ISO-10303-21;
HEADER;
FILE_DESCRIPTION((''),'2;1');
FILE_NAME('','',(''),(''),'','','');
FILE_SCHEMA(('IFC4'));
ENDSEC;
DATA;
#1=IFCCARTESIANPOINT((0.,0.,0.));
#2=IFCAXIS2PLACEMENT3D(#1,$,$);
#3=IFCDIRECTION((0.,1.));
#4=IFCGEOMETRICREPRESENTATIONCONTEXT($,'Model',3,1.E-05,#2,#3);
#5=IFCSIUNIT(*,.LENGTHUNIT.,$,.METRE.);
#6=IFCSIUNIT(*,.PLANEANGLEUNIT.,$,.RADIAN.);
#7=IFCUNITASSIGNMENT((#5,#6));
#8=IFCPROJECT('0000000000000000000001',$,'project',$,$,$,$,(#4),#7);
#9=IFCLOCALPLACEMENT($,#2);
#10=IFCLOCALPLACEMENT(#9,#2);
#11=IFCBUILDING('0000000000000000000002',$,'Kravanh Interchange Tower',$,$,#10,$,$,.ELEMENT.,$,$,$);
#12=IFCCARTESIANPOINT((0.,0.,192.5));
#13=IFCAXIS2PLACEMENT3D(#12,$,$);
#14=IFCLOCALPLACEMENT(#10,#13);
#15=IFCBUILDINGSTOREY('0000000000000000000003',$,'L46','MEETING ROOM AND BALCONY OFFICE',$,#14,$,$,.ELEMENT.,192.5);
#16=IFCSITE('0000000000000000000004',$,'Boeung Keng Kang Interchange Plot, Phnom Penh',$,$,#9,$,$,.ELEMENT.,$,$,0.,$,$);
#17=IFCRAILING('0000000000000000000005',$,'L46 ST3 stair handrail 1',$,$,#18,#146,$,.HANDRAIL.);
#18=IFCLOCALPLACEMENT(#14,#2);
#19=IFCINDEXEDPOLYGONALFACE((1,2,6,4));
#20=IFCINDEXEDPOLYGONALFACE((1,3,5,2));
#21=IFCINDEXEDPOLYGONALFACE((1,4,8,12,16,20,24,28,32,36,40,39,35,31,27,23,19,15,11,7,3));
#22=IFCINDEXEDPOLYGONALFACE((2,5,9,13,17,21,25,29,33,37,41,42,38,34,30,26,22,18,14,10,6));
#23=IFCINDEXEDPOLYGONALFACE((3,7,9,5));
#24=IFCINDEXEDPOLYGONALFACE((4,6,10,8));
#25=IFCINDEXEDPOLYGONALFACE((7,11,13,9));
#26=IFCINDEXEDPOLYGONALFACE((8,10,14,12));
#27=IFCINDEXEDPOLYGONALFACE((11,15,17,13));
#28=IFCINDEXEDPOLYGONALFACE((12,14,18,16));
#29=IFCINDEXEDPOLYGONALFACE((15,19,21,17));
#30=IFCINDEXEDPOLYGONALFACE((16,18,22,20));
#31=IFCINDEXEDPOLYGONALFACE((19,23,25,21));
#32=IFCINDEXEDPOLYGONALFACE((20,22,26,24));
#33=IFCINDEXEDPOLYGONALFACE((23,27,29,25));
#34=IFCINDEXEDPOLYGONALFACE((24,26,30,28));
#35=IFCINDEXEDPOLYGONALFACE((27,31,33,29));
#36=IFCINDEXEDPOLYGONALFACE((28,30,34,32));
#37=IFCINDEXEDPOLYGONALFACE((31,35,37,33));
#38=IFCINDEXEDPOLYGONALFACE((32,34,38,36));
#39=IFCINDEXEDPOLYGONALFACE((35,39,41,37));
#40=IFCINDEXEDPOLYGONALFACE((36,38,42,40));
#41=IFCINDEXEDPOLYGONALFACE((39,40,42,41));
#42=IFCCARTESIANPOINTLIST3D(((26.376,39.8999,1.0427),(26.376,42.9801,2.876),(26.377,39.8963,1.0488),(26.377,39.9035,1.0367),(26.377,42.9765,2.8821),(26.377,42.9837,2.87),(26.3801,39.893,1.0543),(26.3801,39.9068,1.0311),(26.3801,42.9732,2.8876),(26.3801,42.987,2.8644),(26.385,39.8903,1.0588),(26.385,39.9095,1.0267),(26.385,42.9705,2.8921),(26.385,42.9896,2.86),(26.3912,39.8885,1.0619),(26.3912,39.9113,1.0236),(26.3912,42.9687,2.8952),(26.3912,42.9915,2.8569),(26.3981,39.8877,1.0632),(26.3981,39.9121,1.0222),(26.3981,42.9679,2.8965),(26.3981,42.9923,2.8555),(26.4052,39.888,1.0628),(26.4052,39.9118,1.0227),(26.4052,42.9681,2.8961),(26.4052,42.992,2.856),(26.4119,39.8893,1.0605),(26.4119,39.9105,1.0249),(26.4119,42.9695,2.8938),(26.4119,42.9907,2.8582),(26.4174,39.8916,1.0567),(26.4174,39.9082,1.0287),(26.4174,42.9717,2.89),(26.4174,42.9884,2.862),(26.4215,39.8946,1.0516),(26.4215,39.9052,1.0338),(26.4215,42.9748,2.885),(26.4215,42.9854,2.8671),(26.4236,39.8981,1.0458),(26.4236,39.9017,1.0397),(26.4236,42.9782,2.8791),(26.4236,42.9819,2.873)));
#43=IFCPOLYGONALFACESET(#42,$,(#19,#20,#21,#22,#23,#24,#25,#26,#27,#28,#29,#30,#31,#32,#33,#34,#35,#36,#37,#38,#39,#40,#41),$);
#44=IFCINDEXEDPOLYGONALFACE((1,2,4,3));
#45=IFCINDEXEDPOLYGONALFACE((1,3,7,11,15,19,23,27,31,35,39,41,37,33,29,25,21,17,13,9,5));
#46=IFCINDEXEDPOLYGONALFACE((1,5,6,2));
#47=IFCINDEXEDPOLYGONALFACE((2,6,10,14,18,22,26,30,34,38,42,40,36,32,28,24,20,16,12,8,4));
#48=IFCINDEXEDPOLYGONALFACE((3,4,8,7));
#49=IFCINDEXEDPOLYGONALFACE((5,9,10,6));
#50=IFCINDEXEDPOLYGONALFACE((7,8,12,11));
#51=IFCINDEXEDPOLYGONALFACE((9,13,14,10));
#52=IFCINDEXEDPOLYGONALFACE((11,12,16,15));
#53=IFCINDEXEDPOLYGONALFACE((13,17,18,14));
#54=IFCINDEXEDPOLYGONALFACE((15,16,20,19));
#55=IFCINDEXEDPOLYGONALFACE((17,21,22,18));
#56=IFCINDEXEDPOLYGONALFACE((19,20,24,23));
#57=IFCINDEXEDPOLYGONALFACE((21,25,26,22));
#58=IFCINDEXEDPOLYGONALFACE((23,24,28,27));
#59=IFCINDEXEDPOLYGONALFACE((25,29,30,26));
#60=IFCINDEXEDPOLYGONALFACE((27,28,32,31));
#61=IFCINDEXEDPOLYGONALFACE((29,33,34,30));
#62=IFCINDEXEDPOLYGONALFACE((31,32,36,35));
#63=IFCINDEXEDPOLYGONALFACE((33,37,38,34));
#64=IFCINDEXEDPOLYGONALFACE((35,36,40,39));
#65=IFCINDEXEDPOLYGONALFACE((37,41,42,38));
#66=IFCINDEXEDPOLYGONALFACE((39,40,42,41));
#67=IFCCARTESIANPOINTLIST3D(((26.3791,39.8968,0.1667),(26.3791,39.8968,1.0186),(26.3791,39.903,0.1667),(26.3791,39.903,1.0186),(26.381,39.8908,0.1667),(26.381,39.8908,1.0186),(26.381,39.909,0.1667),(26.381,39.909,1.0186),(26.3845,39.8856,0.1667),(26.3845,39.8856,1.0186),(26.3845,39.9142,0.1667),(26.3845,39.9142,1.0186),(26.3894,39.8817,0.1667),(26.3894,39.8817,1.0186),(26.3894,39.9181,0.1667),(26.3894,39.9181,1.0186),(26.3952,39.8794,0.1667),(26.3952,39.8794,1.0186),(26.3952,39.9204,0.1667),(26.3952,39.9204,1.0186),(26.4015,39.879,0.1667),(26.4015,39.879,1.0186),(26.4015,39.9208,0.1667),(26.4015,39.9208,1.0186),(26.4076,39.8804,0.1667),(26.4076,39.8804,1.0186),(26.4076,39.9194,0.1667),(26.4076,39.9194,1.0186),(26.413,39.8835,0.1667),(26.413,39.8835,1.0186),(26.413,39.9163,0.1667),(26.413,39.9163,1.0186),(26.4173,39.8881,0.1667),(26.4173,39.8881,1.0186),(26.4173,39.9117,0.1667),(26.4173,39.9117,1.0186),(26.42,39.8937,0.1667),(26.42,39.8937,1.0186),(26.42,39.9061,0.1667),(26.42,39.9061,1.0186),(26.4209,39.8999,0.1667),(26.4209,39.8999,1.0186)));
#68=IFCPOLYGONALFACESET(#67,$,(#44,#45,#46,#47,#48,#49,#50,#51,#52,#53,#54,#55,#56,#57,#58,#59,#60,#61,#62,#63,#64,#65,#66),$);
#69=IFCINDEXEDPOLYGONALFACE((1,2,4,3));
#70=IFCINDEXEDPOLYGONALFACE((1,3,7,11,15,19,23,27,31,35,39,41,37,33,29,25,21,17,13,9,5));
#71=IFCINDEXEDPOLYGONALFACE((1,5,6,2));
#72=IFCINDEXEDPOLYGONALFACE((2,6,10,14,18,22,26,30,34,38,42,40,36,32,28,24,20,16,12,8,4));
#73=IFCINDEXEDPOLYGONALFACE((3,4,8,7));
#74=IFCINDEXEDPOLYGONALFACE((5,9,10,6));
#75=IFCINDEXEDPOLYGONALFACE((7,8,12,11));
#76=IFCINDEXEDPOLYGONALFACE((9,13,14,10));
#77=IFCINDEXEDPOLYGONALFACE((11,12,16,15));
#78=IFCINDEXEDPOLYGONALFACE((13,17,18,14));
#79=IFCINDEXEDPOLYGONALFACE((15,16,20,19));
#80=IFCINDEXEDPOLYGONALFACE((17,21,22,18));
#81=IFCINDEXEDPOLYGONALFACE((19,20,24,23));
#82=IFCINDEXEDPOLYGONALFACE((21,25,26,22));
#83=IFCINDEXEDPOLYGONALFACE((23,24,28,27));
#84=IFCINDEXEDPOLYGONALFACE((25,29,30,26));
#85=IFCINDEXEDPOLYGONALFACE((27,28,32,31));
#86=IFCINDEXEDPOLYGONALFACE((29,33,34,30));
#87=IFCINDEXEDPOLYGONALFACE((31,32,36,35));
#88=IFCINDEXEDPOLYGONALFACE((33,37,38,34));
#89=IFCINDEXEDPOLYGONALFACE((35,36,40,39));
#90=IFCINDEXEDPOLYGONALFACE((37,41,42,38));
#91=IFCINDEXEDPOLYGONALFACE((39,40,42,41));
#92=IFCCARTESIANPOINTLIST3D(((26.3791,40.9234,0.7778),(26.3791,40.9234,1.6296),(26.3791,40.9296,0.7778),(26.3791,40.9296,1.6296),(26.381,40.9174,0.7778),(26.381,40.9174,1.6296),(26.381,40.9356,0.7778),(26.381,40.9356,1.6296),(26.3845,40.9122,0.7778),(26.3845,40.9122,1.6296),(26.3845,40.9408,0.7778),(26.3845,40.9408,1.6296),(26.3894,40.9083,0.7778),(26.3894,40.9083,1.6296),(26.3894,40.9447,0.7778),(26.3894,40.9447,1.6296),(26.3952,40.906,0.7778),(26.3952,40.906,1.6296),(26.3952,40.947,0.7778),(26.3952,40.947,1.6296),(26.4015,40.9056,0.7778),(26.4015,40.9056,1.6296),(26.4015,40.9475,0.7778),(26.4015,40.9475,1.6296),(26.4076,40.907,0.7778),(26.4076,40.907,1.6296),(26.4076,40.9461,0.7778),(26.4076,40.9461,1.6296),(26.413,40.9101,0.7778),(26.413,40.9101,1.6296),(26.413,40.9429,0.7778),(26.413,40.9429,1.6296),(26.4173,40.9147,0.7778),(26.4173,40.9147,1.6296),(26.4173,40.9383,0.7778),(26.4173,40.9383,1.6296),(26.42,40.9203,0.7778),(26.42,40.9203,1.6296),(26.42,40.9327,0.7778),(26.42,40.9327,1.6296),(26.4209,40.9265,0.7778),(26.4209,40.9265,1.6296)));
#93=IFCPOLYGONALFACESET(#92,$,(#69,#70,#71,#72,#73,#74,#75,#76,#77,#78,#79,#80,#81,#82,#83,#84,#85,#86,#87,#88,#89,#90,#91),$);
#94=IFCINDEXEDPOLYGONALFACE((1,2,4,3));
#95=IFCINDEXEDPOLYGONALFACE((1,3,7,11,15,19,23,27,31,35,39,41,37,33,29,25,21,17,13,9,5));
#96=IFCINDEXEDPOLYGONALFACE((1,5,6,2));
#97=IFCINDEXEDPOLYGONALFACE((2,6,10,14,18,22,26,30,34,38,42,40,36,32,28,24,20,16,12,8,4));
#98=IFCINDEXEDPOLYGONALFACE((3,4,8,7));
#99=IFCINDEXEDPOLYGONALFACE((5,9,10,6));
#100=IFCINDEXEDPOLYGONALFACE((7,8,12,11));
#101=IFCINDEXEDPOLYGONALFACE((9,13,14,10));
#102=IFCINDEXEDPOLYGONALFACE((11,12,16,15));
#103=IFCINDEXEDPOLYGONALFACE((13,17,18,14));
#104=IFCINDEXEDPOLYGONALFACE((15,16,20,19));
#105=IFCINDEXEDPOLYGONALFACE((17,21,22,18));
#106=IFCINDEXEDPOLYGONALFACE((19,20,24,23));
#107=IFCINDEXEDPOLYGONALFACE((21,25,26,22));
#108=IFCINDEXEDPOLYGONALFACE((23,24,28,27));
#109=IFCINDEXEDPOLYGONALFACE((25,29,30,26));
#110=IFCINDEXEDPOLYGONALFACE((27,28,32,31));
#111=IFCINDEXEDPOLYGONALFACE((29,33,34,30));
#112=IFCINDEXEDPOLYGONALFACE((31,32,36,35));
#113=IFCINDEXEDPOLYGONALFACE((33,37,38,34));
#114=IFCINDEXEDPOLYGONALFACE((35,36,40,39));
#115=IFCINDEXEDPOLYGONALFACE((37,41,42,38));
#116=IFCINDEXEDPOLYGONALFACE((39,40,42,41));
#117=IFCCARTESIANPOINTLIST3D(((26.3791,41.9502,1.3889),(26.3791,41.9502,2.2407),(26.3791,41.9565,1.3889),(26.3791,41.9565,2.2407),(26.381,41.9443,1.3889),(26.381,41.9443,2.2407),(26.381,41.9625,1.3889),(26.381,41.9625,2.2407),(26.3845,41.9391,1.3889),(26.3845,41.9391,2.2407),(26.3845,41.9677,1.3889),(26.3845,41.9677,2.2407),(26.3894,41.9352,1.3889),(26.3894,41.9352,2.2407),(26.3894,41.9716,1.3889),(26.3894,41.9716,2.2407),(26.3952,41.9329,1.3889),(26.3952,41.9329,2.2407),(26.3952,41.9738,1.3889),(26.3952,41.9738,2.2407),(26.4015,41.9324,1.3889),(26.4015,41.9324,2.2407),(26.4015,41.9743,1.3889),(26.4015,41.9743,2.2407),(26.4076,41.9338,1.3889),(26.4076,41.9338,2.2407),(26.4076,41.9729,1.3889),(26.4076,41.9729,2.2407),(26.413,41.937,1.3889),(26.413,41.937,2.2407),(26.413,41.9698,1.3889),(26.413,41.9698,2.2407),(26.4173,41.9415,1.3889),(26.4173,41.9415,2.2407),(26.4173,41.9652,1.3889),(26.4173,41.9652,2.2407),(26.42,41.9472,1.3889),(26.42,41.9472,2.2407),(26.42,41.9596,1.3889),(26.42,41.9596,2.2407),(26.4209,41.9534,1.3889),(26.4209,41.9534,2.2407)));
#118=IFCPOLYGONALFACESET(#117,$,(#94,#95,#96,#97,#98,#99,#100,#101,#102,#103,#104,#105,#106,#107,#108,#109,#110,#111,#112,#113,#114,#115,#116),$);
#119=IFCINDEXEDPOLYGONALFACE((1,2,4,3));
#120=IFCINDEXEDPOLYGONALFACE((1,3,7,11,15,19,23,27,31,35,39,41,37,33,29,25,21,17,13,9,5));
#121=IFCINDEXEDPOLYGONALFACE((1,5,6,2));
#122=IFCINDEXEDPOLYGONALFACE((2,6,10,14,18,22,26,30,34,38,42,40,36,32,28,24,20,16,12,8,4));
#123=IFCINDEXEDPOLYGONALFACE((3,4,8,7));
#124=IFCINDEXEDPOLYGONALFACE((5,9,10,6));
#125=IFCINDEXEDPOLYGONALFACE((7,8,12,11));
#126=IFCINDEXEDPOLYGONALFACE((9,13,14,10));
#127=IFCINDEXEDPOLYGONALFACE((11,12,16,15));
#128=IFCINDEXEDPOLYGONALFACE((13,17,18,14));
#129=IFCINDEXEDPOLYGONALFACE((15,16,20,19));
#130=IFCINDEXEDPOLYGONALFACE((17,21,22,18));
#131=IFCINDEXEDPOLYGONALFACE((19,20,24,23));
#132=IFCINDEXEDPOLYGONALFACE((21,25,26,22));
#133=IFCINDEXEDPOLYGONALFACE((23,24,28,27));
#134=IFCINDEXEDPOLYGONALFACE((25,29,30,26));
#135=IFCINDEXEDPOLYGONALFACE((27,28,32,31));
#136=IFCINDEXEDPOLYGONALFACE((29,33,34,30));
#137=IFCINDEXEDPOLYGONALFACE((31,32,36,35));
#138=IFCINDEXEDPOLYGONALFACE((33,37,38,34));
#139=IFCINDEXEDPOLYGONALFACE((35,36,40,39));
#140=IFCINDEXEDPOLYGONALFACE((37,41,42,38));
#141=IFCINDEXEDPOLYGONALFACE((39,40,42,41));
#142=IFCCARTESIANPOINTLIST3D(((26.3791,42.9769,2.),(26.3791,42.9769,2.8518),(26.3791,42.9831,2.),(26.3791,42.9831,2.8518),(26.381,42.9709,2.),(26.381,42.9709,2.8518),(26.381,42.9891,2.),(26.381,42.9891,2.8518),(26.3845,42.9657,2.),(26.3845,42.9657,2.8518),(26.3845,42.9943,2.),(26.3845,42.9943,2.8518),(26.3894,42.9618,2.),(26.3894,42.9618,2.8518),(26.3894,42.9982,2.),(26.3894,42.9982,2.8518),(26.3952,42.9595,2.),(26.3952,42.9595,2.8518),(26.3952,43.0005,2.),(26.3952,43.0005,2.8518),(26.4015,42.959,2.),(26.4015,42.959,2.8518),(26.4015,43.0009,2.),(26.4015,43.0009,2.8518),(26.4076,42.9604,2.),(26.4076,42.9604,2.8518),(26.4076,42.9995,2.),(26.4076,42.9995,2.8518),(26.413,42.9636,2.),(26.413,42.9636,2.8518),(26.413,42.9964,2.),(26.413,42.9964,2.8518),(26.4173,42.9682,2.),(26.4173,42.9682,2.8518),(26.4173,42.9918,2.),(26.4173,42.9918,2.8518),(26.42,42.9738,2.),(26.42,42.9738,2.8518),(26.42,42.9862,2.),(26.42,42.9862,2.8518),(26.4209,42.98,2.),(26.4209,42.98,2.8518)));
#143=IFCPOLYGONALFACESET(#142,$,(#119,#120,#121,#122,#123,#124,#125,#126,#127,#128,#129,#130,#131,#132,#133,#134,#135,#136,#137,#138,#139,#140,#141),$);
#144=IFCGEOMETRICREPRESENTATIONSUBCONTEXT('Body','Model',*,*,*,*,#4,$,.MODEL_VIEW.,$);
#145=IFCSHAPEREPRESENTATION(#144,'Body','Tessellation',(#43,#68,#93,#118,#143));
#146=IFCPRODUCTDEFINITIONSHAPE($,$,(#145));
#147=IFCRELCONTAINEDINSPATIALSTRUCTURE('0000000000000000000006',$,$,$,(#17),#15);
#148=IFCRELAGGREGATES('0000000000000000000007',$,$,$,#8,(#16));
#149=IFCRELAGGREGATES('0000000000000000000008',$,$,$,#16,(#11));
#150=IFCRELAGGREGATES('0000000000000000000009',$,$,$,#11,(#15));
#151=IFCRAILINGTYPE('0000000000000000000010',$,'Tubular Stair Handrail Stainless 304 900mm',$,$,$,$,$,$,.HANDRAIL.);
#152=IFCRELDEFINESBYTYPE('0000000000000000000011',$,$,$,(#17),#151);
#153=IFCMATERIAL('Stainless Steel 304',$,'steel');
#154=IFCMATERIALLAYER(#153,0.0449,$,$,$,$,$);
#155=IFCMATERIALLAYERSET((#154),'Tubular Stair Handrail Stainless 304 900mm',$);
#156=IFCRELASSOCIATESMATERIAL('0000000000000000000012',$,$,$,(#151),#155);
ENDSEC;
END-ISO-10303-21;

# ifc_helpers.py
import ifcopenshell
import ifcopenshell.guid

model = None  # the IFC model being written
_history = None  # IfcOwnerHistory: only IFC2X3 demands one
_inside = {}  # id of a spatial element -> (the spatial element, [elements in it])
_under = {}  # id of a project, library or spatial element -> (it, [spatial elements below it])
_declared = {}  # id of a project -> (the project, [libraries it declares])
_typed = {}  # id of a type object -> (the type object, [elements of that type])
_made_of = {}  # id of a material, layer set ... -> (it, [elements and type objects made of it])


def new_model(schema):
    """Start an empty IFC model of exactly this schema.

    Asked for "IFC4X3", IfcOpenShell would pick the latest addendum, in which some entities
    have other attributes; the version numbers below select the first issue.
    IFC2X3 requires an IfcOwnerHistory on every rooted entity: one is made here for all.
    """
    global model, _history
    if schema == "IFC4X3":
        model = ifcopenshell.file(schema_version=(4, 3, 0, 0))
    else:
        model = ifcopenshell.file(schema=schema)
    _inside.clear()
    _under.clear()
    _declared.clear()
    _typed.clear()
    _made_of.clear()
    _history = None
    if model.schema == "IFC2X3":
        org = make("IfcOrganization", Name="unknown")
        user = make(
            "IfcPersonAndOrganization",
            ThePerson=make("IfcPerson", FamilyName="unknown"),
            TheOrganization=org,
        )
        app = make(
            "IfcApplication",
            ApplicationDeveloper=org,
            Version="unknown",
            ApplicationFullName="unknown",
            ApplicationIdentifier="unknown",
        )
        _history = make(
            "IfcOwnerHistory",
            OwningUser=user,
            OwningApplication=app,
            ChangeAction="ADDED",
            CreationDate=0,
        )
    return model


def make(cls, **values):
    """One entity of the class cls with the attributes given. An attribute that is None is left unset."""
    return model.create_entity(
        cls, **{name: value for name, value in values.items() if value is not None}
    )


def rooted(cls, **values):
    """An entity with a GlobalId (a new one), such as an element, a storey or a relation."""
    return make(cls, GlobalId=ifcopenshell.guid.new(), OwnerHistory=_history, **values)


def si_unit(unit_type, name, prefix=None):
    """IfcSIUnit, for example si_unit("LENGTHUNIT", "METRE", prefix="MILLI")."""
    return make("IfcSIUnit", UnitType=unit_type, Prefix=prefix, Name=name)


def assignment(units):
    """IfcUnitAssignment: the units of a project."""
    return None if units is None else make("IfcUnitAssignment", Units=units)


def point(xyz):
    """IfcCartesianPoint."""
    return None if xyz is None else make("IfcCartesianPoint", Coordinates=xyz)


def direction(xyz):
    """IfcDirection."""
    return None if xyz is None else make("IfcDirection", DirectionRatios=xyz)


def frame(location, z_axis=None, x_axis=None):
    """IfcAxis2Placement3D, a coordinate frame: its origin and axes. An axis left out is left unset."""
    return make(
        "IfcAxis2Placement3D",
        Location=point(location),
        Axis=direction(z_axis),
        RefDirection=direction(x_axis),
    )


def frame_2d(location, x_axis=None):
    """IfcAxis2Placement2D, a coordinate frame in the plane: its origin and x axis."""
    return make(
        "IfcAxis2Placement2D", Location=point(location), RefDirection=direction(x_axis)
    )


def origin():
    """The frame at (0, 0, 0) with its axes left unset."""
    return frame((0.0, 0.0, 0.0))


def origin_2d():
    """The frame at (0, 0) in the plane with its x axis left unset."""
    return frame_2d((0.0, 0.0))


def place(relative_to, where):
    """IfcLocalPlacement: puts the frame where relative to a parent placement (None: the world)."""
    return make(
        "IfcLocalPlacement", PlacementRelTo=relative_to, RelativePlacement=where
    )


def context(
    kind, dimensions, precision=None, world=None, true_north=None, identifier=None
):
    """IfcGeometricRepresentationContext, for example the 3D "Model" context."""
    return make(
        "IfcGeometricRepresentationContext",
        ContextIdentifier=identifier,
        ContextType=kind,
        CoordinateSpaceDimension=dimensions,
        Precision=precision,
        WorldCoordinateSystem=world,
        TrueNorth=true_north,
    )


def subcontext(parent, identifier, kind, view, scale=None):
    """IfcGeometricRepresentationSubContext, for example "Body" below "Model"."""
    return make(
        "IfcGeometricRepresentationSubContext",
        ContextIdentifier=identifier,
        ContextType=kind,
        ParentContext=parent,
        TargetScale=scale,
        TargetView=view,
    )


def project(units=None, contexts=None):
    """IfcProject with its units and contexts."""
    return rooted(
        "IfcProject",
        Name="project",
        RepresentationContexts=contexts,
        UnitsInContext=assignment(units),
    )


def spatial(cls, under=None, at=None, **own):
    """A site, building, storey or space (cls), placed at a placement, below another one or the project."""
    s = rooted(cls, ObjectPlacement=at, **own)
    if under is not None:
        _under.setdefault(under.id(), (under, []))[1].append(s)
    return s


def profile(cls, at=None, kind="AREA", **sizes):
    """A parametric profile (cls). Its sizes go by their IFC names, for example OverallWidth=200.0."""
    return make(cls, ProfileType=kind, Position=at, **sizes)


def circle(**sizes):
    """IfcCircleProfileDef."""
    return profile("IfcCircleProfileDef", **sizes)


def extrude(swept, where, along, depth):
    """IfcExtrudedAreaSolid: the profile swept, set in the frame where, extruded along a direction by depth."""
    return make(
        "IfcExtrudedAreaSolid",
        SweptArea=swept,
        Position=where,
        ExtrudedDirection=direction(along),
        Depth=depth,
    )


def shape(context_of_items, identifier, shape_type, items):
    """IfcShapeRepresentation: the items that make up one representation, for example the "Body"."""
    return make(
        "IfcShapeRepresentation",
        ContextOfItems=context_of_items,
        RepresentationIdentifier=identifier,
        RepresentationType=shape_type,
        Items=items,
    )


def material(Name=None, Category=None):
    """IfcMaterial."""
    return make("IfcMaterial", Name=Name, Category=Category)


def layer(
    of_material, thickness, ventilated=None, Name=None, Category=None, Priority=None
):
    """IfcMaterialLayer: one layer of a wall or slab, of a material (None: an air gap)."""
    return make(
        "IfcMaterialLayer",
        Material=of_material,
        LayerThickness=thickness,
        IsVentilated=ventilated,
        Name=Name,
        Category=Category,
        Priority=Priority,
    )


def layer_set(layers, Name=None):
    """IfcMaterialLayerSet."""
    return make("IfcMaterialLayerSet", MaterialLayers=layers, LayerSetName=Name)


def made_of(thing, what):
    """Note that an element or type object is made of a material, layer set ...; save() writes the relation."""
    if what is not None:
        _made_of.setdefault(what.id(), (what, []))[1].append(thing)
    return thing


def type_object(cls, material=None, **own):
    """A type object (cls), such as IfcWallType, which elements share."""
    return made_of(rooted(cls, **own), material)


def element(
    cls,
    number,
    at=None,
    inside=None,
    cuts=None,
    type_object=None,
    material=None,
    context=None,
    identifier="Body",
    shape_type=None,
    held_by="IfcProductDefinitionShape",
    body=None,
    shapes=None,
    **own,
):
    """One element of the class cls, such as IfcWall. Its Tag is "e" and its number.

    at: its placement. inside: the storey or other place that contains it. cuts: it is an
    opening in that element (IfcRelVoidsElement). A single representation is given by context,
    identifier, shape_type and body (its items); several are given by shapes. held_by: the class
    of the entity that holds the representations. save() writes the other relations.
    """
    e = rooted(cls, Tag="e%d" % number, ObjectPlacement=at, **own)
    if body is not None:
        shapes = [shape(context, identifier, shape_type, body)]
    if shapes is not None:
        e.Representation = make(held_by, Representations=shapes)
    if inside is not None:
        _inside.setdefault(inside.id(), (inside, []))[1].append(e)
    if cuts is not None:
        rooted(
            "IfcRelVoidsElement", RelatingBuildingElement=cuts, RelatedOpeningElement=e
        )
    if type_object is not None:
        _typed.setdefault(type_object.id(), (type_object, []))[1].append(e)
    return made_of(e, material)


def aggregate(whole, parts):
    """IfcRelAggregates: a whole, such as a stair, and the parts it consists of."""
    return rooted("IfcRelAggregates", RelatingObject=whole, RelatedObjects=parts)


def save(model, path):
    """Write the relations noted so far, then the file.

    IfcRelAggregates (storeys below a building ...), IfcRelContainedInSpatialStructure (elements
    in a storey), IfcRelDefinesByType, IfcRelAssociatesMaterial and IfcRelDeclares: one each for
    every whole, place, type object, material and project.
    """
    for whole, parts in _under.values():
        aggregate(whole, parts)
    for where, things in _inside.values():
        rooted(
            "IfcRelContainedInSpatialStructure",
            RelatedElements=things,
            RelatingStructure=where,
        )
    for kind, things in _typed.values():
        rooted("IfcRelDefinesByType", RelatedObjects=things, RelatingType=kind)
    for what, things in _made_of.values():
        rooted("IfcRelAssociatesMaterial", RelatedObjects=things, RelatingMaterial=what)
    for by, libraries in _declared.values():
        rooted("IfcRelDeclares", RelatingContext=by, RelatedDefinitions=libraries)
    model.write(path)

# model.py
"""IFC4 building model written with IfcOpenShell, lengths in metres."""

from ifc_helpers import new_model, si_unit, direction, frame, origin, origin_2d, place, context, subcontext, project, spatial, circle, extrude, material, layer, layer_set, type_object, element, save


model = new_model("IFC4")

# Units and contexts
model_context = context("Model", 3, precision=1e-05, world=origin(), true_north=direction((0.0, 1.0)))
body_context = subcontext(model_context, "Body", "Model", "MODEL_VIEW")
ifc_project = project(units=[si_unit("LENGTHUNIT", "METRE"), si_unit("PLANEANGLEUNIT", "RADIAN")], contexts=[model_context])

# Site, building, storey
site_placement = place(None, origin())
site = spatial("IfcSite", under=ifc_project, at=site_placement, Name="Boeung Keng Kang Interchange Plot, Phnom Penh", CompositionType="ELEMENT", RefElevation=0.0)
building_placement = place(site_placement, origin())
building = spatial("IfcBuilding", under=site, at=building_placement, Name="Kravanh Interchange Tower", CompositionType="ELEMENT")
storey_placement = place(building_placement, frame((0.0, 0.0, 192.5)))
storey = spatial("IfcBuildingStorey", under=building, at=storey_placement, Name="L46", Description="MEETING ROOM AND BALCONY OFFICE", CompositionType="ELEMENT", Elevation=192.5)

# Railing
ifc_material_1 = material(Name="Stainless Steel 304", Category="steel")
ifc_layer_1 = layer(ifc_material_1, 0.0449)
ifc_layer_set_1 = layer_set([ifc_layer_1], Name="Tubular Stair Handrail Stainless 304 900mm")
railing_type_1 = type_object("IfcRailingType", Name="Tubular Stair Handrail Stainless 304 900mm", PredefinedType="HANDRAIL", material=ifc_layer_set_1)
railing_1_placement = place(storey_placement, frame((26.3999, 39.8999, 0.1667)))
element("IfcRailing", 1, at=railing_1_placement, inside=storey, type_object=railing_type_1, Name="L46 ST3 stair handrail 1", PredefinedType="HANDRAIL", context=body_context, shape_type="SweptSolid", body=[
    extrude(circle(Radius=0.0239, at=origin_2d()), frame((0.0, 0.0, 0.876), z_axis=(0.0, 0.859309, 0.511458), x_axis=(-1.0, 0.0, 0.0)), (0.0, 0.0, 1.0), 3.5845),
    extrude(circle(Radius=0.021, at=origin_2d()), origin(), (0.0, 0.0, 1.0), 0.8518),
    extrude(circle(Radius=0.021, at=origin_2d()), frame((0.0, 1.0266, 0.6111)), (0.0, 0.0, 1.0), 0.8518),
    extrude(circle(Radius=0.021, at=origin_2d()), frame((0.0, 2.0535, 1.2222)), (0.0, 0.0, 1.0), 0.8518),
    extrude(circle(Radius=0.021, at=origin_2d()), frame((0.0, 3.0801, 1.8333)), (0.0, 0.0, 1.0), 0.8518),
])

save(model, "model.ifc")
